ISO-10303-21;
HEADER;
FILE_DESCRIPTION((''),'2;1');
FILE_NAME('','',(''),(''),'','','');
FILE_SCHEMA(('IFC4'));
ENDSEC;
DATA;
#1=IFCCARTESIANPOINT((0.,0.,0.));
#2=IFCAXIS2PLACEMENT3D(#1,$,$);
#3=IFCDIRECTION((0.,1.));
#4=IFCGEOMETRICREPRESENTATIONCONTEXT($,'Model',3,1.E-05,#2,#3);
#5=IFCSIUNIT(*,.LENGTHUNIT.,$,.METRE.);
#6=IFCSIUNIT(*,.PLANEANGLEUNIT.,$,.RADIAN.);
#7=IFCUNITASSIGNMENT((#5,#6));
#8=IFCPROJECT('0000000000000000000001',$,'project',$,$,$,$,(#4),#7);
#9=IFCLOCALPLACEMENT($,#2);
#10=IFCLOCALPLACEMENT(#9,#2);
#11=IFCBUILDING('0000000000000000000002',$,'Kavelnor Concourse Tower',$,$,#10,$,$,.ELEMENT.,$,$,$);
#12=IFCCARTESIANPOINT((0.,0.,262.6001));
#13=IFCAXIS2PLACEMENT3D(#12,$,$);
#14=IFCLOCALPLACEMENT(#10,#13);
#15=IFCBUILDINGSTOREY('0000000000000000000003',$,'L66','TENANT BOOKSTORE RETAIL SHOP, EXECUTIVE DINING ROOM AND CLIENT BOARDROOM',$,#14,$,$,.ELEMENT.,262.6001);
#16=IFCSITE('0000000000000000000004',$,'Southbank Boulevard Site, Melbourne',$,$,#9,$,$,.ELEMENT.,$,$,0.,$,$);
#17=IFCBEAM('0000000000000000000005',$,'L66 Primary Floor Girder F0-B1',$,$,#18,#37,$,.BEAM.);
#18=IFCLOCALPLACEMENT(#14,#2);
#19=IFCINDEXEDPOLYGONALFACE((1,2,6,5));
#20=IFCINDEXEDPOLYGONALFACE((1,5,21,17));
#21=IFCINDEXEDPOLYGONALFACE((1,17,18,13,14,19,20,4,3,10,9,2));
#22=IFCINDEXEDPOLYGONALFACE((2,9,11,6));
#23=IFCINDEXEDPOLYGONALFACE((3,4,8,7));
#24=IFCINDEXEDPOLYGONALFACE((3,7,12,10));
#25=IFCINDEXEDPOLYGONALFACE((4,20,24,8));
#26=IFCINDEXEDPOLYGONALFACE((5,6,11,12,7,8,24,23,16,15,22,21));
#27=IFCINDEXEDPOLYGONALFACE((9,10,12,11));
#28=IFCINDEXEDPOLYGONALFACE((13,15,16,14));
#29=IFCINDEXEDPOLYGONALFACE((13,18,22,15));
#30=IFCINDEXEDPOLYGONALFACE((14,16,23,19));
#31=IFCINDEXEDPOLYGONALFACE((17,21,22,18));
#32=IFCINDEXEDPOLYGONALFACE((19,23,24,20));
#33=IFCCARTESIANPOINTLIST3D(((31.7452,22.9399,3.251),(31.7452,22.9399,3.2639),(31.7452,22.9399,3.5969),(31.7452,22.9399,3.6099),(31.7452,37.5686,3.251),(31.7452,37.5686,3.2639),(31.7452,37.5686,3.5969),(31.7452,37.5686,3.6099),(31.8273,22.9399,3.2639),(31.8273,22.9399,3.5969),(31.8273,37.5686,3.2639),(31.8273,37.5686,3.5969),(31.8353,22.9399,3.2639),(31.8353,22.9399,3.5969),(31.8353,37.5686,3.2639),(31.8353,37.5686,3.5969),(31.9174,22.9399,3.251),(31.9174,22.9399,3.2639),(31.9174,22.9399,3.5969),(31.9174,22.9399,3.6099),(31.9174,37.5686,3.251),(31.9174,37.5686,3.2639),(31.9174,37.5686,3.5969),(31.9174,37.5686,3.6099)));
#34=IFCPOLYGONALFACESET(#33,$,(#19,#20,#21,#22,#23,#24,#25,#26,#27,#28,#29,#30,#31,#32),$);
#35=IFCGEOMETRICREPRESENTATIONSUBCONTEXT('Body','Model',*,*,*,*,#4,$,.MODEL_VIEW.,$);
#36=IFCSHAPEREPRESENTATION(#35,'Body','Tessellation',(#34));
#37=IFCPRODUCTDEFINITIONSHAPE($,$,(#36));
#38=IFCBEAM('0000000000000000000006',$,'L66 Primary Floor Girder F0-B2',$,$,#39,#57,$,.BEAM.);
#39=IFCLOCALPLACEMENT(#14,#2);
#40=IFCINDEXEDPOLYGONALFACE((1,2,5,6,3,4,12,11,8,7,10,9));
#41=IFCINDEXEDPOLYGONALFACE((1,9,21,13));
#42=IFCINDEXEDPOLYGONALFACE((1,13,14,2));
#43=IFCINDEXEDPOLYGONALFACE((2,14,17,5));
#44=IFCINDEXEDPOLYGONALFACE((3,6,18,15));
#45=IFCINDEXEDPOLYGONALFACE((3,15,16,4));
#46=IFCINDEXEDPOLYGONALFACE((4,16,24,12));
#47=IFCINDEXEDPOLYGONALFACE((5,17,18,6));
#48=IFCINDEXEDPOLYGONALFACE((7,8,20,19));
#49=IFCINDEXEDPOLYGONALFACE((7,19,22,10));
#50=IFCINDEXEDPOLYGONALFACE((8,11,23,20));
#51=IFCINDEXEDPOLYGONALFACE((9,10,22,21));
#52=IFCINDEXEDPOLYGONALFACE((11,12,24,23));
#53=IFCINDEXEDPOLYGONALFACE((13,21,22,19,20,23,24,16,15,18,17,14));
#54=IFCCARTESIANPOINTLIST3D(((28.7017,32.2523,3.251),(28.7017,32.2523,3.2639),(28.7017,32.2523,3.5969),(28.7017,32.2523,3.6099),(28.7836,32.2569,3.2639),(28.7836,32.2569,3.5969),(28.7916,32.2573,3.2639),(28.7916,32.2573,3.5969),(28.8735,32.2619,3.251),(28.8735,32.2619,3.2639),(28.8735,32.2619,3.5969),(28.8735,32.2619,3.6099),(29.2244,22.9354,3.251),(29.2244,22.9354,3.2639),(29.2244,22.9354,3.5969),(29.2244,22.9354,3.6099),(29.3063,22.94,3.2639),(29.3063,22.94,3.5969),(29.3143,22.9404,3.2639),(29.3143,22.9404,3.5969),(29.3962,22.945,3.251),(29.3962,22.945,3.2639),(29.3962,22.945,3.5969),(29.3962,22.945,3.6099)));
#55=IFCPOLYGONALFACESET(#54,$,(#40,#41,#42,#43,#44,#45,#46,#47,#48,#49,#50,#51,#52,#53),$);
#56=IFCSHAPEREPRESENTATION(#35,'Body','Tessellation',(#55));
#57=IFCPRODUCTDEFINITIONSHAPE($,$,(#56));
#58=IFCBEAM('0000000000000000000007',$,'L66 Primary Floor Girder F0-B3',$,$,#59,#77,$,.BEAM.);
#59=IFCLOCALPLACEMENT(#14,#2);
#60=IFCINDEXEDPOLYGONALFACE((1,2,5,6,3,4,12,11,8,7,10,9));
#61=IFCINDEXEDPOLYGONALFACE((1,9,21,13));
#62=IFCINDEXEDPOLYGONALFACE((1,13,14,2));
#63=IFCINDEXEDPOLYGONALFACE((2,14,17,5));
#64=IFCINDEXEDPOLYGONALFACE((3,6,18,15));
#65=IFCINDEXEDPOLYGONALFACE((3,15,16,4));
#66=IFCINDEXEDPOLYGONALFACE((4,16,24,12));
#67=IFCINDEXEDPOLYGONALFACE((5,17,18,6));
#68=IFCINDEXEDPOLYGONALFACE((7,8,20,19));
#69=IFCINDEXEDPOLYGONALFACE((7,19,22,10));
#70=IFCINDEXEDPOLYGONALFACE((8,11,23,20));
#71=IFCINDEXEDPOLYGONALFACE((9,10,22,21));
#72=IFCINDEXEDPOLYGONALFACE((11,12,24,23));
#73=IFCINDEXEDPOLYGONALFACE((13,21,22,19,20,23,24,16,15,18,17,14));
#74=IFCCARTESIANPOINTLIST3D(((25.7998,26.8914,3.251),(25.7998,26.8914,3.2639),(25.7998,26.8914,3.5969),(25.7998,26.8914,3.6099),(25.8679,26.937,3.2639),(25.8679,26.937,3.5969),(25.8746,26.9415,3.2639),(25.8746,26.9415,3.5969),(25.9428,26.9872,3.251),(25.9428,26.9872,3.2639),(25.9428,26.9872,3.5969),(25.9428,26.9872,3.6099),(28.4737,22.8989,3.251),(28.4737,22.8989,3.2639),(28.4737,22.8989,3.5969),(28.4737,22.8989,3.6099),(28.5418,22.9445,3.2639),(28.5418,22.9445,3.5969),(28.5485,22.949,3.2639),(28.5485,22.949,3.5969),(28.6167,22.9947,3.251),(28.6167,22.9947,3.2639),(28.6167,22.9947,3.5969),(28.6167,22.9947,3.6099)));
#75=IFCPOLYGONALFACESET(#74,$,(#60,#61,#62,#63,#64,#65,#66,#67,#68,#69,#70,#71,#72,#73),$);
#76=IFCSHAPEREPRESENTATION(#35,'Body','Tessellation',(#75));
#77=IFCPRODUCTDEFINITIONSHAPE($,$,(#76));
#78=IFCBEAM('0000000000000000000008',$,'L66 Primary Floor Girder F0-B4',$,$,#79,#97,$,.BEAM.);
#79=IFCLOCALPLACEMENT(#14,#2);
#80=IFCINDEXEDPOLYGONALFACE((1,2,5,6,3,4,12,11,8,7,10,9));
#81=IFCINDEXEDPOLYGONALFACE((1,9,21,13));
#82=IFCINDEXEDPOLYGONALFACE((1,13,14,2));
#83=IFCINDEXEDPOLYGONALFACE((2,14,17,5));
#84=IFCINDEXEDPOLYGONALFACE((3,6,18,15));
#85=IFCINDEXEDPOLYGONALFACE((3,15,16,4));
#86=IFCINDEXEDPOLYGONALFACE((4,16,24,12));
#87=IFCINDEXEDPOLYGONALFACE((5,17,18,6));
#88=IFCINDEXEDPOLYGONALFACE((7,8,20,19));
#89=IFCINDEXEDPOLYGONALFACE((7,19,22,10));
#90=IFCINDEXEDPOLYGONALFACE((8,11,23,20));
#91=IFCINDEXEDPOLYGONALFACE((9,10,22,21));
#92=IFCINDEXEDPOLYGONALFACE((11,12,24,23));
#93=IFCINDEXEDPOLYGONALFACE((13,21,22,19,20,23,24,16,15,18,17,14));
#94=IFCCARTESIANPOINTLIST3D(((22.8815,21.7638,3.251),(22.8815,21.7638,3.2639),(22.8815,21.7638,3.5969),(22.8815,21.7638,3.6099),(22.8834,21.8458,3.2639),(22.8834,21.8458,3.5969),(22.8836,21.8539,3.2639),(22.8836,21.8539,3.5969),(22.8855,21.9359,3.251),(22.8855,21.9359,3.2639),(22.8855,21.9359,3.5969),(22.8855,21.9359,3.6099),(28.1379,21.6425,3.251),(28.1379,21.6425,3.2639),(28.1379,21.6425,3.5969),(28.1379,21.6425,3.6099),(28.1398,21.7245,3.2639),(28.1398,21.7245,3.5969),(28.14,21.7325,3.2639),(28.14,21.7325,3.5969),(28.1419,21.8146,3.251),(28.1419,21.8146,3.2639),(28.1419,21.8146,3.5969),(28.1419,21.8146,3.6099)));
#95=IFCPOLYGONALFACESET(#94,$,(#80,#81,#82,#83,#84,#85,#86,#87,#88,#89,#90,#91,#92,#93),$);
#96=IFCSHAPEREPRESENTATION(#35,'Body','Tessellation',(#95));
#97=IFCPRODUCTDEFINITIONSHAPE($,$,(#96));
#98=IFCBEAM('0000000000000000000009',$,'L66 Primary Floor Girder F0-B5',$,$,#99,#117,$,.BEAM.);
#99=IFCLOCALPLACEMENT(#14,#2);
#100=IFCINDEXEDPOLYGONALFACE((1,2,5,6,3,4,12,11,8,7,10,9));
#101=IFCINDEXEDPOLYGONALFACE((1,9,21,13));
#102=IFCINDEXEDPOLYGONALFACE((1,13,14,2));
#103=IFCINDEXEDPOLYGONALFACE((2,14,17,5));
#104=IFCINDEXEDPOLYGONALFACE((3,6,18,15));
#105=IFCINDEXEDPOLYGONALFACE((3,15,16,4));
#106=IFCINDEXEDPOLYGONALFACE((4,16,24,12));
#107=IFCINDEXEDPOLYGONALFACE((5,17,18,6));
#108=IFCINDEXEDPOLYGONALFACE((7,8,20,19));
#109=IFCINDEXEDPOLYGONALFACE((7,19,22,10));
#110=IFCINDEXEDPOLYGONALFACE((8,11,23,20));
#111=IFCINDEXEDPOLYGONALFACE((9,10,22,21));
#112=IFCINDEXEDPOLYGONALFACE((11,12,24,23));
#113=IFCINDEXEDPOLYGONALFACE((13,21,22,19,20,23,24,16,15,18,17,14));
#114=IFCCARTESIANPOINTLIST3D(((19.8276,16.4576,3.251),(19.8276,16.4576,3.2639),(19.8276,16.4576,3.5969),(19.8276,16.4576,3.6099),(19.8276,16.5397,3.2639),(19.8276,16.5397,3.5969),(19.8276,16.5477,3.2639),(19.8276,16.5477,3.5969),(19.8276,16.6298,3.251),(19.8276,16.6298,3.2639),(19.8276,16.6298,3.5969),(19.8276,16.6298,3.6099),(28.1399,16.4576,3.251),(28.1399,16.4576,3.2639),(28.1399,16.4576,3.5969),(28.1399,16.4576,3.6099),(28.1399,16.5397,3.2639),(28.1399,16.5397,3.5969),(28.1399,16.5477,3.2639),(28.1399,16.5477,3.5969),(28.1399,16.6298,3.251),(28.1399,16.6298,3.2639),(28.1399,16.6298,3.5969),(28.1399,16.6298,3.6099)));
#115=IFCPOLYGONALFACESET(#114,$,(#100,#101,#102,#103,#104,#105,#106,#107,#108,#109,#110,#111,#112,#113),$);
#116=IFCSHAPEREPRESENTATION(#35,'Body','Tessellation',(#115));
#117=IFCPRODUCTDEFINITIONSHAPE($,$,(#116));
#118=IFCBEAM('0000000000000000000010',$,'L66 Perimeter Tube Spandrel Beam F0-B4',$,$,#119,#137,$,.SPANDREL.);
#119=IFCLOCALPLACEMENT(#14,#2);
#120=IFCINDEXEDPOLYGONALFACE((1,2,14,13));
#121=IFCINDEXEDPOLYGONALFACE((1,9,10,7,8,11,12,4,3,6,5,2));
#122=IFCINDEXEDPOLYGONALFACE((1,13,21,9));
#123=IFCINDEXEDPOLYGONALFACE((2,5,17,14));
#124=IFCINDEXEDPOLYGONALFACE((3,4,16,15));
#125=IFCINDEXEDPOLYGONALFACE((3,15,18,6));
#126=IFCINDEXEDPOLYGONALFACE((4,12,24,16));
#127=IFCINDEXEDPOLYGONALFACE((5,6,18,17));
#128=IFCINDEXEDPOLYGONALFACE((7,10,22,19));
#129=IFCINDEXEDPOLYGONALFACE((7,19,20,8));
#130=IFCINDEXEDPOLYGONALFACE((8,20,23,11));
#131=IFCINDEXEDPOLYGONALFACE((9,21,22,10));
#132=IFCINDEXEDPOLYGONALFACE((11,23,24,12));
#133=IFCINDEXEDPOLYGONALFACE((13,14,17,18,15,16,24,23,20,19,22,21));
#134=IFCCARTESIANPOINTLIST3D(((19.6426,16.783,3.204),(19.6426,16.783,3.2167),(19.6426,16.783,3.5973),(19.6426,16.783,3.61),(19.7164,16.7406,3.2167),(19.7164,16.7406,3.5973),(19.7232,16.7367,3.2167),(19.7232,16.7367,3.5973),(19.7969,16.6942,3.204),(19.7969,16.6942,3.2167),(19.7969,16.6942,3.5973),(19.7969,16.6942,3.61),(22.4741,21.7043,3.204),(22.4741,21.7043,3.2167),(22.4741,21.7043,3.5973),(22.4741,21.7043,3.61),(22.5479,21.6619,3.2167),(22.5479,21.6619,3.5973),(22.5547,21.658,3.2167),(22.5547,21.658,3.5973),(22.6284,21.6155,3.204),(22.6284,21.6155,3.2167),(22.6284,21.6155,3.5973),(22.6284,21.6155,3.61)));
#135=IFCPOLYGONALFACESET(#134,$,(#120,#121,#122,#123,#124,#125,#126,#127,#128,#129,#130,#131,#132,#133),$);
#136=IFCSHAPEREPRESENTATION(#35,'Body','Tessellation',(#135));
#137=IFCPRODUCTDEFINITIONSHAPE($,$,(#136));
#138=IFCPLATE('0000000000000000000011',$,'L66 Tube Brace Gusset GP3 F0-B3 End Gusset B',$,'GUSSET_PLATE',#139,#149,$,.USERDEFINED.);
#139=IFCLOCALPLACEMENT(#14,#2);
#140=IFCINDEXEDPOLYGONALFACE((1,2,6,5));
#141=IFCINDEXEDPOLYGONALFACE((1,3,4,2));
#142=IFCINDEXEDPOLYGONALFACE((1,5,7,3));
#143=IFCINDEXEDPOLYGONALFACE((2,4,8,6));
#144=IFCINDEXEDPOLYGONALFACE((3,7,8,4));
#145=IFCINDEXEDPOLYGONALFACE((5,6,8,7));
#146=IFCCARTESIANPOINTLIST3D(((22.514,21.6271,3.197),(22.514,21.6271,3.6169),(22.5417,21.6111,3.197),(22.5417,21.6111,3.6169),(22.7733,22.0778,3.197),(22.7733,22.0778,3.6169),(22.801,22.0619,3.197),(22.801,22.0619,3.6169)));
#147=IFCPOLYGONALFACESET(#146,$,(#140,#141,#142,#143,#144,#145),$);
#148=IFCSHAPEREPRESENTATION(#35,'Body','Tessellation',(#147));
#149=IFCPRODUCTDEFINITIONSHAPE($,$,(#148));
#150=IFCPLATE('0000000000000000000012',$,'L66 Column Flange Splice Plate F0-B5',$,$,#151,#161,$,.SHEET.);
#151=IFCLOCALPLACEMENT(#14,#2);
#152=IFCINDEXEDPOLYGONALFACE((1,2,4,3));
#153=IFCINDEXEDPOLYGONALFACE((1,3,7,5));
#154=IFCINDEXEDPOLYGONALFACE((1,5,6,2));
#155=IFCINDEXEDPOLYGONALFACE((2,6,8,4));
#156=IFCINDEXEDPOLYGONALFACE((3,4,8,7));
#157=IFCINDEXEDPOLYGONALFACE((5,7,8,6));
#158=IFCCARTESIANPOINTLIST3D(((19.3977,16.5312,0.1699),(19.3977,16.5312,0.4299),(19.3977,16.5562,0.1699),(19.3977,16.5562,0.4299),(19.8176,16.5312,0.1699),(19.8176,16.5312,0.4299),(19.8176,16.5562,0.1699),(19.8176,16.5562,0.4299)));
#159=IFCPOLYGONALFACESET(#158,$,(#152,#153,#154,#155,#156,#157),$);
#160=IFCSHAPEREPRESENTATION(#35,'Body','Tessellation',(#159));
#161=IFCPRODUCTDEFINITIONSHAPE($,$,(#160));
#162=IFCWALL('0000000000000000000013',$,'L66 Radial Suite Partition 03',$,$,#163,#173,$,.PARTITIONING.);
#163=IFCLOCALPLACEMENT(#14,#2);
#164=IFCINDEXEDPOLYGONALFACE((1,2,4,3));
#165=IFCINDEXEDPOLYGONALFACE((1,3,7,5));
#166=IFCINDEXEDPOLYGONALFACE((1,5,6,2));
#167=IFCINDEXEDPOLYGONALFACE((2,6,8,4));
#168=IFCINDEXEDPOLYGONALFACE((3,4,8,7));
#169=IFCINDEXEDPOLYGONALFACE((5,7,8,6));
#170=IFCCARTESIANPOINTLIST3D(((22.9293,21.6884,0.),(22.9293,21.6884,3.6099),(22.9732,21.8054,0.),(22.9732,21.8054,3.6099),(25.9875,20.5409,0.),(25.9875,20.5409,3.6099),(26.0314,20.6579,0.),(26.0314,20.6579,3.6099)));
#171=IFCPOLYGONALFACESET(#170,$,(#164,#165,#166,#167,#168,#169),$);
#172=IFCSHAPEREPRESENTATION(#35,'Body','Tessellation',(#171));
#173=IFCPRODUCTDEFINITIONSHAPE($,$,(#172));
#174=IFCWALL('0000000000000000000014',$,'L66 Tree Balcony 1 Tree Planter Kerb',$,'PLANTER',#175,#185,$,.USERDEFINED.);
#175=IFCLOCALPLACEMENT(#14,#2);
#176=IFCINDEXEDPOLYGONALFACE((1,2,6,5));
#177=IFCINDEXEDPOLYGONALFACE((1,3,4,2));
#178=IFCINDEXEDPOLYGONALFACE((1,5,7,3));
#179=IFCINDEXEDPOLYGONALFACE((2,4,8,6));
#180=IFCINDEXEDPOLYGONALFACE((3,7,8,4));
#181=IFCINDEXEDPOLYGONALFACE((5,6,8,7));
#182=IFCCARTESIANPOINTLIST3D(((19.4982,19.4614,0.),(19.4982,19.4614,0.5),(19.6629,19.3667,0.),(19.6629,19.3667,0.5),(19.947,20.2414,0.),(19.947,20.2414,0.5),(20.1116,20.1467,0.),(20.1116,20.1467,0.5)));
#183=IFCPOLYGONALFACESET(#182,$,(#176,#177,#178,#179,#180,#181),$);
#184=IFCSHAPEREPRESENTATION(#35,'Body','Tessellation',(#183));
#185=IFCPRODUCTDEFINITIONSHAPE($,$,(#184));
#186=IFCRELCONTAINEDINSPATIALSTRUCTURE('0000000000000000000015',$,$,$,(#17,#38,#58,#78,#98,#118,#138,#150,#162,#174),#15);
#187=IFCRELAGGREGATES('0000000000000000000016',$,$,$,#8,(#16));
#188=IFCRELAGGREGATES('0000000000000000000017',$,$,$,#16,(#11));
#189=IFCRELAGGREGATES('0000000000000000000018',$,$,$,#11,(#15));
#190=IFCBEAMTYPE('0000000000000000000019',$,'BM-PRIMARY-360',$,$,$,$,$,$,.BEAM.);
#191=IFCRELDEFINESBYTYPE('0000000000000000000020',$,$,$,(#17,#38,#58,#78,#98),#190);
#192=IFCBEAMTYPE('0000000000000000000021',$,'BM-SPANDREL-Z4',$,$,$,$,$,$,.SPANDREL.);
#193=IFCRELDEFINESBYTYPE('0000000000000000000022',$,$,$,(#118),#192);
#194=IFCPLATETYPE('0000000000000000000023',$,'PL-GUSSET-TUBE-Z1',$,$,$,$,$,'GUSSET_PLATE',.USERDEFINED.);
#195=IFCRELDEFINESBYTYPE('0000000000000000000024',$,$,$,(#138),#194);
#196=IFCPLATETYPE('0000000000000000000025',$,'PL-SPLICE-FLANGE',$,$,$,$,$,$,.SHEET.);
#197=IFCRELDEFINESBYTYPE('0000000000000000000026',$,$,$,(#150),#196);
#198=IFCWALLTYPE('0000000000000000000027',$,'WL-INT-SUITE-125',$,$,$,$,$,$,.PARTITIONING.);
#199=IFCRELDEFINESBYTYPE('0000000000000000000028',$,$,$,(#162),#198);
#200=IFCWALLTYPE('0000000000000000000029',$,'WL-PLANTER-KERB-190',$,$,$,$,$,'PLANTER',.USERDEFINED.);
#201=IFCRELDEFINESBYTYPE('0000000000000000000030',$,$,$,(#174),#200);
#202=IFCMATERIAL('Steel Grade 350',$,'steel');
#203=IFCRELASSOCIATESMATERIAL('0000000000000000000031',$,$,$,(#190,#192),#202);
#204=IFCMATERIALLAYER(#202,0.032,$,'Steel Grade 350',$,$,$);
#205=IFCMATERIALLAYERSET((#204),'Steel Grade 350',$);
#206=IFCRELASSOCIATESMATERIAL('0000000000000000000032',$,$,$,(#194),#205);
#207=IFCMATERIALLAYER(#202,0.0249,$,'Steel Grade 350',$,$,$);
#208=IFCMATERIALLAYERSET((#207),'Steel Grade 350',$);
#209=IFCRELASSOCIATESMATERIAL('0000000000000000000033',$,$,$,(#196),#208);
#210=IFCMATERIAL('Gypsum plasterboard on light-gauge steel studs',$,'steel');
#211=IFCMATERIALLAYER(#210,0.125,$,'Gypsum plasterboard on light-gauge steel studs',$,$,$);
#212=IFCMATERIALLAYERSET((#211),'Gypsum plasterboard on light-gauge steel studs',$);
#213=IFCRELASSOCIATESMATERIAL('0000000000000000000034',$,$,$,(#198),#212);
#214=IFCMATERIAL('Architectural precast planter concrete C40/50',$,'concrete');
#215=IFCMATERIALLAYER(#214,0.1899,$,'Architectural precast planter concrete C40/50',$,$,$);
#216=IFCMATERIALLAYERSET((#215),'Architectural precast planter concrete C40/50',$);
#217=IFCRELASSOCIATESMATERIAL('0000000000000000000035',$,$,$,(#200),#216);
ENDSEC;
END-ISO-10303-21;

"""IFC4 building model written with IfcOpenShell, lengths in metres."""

from ifc_helpers import new_model, si_unit, direction, frame, frame_2d, origin, origin_2d, place, context, subcontext, project, spatial, rectangle, i_section, extrude, material, layer, layer_set, material_profile, profile_set, type_object, element, save


model = new_model("IFC4")

# Units and contexts
model_context = context("Model", 3, precision=1e-05, world=origin(), true_north=direction((0.0, 1.0)))
body_context = subcontext(model_context, "Body", "Model", "MODEL_VIEW")
ifc_project = project(units=[si_unit("LENGTHUNIT", "METRE"), si_unit("PLANEANGLEUNIT", "RADIAN")], contexts=[model_context])

# Site, building, storey
site_placement = place(None, origin())
site = spatial("IfcSite", under=ifc_project, at=site_placement, Name="Southbank Boulevard Site, Melbourne", CompositionType="ELEMENT", RefElevation=0.0)
building_placement = place(site_placement, origin())
building = spatial("IfcBuilding", under=site, at=building_placement, Name="Kavelnor Concourse Tower", CompositionType="ELEMENT")
storey_placement = place(building_placement, frame((0.0, 0.0, 262.6001)))
storey = spatial("IfcBuildingStorey", under=building, at=storey_placement, Name="L66", Description="TENANT BOOKSTORE RETAIL SHOP, EXECUTIVE DINING ROOM AND CLIENT BOARDROOM", CompositionType="ELEMENT", Elevation=262.6001)

# Shared definitions
ifc_material_1 = material(Name="Steel Grade 350", Category="steel")

# Beams
ifc_material_profile_1 = material_profile(ifc_material_1, i_section(OverallWidth=0.1721, OverallDepth=0.3589, WebThickness=0.0081, FlangeThickness=0.0129, at=origin_2d()), Name="360UB56")
ifc_profile_set_1 = profile_set([ifc_material_profile_1], Name="Steel Grade 350")
beam_type_1 = type_object("IfcBeamType", Name="BM-PRIMARY-360", PredefinedType="BEAM", material=ifc_profile_set_1)
beam_1_placement = place(storey_placement, frame((31.8313, 22.9399, 3.4304), z_axis=(0.0, 1.0, 0.0), x_axis=(-1.0, 0.0, 0.0)))
element("IfcBeam", 1, at=beam_1_placement, inside=storey, type_object=beam_type_1, Name="L66 Primary Floor Girder F0-B1", PredefinedType="BEAM", context=body_context, shape_type="SweptSolid", body=[
    extrude(i_section(OverallWidth=0.1721, OverallDepth=0.3589, WebThickness=0.0081, FlangeThickness=0.0129, at=origin_2d()), origin(), (0.0, 0.0, 1.0), 14.6287),
])
beam_2_placement = place(storey_placement, frame((29.3103, 22.9402, 3.4304), z_axis=(-0.056015, 0.99843, 0.0), x_axis=(-0.99843, -0.056015, 0.0)))
element("IfcBeam", 2, at=beam_2_placement, inside=storey, type_object=beam_type_1, Name="L66 Primary Floor Girder F0-B2", PredefinedType="BEAM", context=body_context, shape_type="SweptSolid", body=[
    extrude(i_section(OverallWidth=0.1721, OverallDepth=0.3589, WebThickness=0.0081, FlangeThickness=0.0129, at=origin_2d()), origin(), (0.0, 0.0, 1.0), 9.3315),
])
beam_3_placement = place(storey_placement, frame((28.5452, 22.9468, 3.4304), z_axis=(-0.556458, 0.830876, 0.0), x_axis=(-0.830876, -0.556458, 0.0)))
element("IfcBeam", 3, at=beam_3_placement, inside=storey, type_object=beam_type_1, Name="L66 Primary Floor Girder F0-B3", PredefinedType="BEAM", context=body_context, shape_type="SweptSolid", body=[
    extrude(i_section(OverallWidth=0.1721, OverallDepth=0.3589, WebThickness=0.0081, FlangeThickness=0.0129, at=origin_2d()), origin(), (0.0, 0.0, 1.0), 4.8052),
])
beam_4_placement = place(storey_placement, frame((28.1399, 21.7285, 3.4304), z_axis=(-0.999734, 0.023078, 0.0), x_axis=(-0.023078, -0.999734, 0.0)))
element("IfcBeam", 4, at=beam_4_placement, inside=storey, type_object=beam_type_1, Name="L66 Primary Floor Girder F0-B4", PredefinedType="BEAM", context=body_context, shape_type="SweptSolid", body=[
    extrude(i_section(OverallWidth=0.1721, OverallDepth=0.3589, WebThickness=0.0081, FlangeThickness=0.0129, at=origin_2d()), origin(), (0.0, 0.0, 1.0), 5.2578),
])
beam_5_placement = place(storey_placement, frame((28.1399, 16.5437, 3.4304), z_axis=(-1.0, 0.0, 0.0), x_axis=(0.0, -1.0, 0.0)))
element("IfcBeam", 5, at=beam_5_placement, inside=storey, type_object=beam_type_1, Name="L66 Primary Floor Girder F0-B5", PredefinedType="BEAM", context=body_context, shape_type="SweptSolid", body=[
    extrude(i_section(OverallWidth=0.1721, OverallDepth=0.3589, WebThickness=0.0081, FlangeThickness=0.0129, at=origin_2d()), origin(), (0.0, 0.0, 1.0), 8.3123),
])
ifc_material_profile_2 = material_profile(ifc_material_1, i_section(OverallWidth=0.178, OverallDepth=0.406, WebThickness=0.0078, FlangeThickness=0.0127, at=origin_2d()), Name="410UB59")
ifc_profile_set_2 = profile_set([ifc_material_profile_2], Name="Steel Grade 350")
beam_type_2 = type_object("IfcBeamType", Name="BM-SPANDREL-Z4", PredefinedType="SPANDREL", material=ifc_profile_set_2)
beam_6_placement = place(storey_placement, frame((22.5513, 21.6599, 3.407), z_axis=(-0.498702, -0.866773, 0.0), x_axis=(0.866773, -0.498702, 0.0)))
element("IfcBeam", 6, at=beam_6_placement, inside=storey, type_object=beam_type_2, Name="L66 Perimeter Tube Spandrel Beam F0-B4", PredefinedType="SPANDREL", context=body_context, shape_type="SweptSolid", body=[
    extrude(i_section(OverallWidth=0.178, OverallDepth=0.406, WebThickness=0.0078, FlangeThickness=0.0127, at=origin_2d()), origin(), (0.0, 0.0, 1.0), 5.6777),
])

# Plates
ifc_layer_1 = layer(ifc_material_1, 0.032, Name="Steel Grade 350")
ifc_layer_set_1 = layer_set([ifc_layer_1], Name="Steel Grade 350")
plate_type_1 = type_object("IfcPlateType", Name="PL-GUSSET-TUBE-Z1", ElementType="GUSSET_PLATE", PredefinedType="USERDEFINED", material=ifc_layer_set_1)
plate_1_placement = place(storey_placement, frame((22.6575, 21.8445, 3.197), z_axis=(0.0, 0.0, 1.0), x_axis=(-0.498639, -0.86681, 0.0)))
element("IfcPlate", 7, at=plate_1_placement, inside=storey, type_object=plate_type_1, Name="L66 Tube Brace Gusset GP3 F0-B3 End Gusset B", ObjectType="GUSSET_PLATE", PredefinedType="USERDEFINED", context=body_context, shape_type="SweptSolid", body=[
    extrude(rectangle(XDim=0.52, YDim=0.032, at=origin_2d()), origin(), (0.0, 0.0, 1.0), 0.4199),
])
ifc_layer_2 = layer(ifc_material_1, 0.0249, Name="Steel Grade 350")
ifc_layer_set_2 = layer_set([ifc_layer_2], Name="Steel Grade 350")
plate_type_2 = type_object("IfcPlateType", Name="PL-SPLICE-FLANGE", PredefinedType="SHEET", material=ifc_layer_set_2)
plate_2_placement = place(storey_placement, frame((19.6077, 16.5437, 0.1699), z_axis=(0.0, 0.0, 1.0), x_axis=(1.0, 0.0, 0.0)))
element("IfcPlate", 8, at=plate_2_placement, inside=storey, type_object=plate_type_2, Name="L66 Column Flange Splice Plate F0-B5", PredefinedType="SHEET", context=body_context, shape_type="SweptSolid", body=[
    extrude(rectangle(XDim=0.4199, YDim=0.0249, at=origin_2d()), origin(), (0.0, 0.0, 1.0), 0.26),
])

# Walls
ifc_material_2 = material(Name="Gypsum plasterboard on light-gauge steel studs", Category="steel")
ifc_layer_3 = layer(ifc_material_2, 0.125, Name="Gypsum plasterboard on light-gauge steel studs")
ifc_layer_set_3 = layer_set([ifc_layer_3], Name="Gypsum plasterboard on light-gauge steel studs")
wall_type_1 = type_object("IfcWallType", Name="WL-INT-SUITE-125", PredefinedType="PARTITIONING", material=ifc_layer_set_3)
wall_1_placement = place(storey_placement, frame((26.0095, 20.5994, 0.0), z_axis=(0.0, 0.0, 1.0), x_axis=(-0.936262, 0.351304, 0.0)))
element("IfcWall", 9, at=wall_1_placement, inside=storey, type_object=wall_type_1, Name="L66 Radial Suite Partition 03", PredefinedType="PARTITIONING", context=body_context, shape_type="SweptSolid", body=[
    extrude(rectangle(XDim=3.2664, YDim=0.125, at=frame_2d((1.6333, 0.0))), origin(), (0.0, 0.0, 1.0), 3.6099),
])
ifc_material_3 = material(Name="Architectural precast planter concrete C40/50", Category="concrete")
ifc_layer_4 = layer(ifc_material_3, 0.1899, Name="Architectural precast planter concrete C40/50")
ifc_layer_set_4 = layer_set([ifc_layer_4], Name="Architectural precast planter concrete C40/50")
wall_type_2 = type_object("IfcWallType", Name="WL-PLANTER-KERB-190", ElementType="PLANTER", PredefinedType="USERDEFINED", material=ifc_layer_set_4)
wall_2_placement = place(storey_placement, frame((20.0293, 20.1941, 0.0), z_axis=(0.0, 0.0, 1.0), x_axis=(-0.49865, -0.866804, 0.0)))
element("IfcWall", 10, at=wall_2_placement, inside=storey, type_object=wall_type_2, Name="L66 Tree Balcony 1 Tree Planter Kerb", ObjectType="PLANTER", PredefinedType="USERDEFINED", context=body_context, shape_type="SweptSolid", body=[
    extrude(rectangle(XDim=0.8999, YDim=0.1899, at=frame_2d((0.45, 0.0))), origin(), (0.0, 0.0, 1.0), 0.5),
])

save(model, "model.ifc")
